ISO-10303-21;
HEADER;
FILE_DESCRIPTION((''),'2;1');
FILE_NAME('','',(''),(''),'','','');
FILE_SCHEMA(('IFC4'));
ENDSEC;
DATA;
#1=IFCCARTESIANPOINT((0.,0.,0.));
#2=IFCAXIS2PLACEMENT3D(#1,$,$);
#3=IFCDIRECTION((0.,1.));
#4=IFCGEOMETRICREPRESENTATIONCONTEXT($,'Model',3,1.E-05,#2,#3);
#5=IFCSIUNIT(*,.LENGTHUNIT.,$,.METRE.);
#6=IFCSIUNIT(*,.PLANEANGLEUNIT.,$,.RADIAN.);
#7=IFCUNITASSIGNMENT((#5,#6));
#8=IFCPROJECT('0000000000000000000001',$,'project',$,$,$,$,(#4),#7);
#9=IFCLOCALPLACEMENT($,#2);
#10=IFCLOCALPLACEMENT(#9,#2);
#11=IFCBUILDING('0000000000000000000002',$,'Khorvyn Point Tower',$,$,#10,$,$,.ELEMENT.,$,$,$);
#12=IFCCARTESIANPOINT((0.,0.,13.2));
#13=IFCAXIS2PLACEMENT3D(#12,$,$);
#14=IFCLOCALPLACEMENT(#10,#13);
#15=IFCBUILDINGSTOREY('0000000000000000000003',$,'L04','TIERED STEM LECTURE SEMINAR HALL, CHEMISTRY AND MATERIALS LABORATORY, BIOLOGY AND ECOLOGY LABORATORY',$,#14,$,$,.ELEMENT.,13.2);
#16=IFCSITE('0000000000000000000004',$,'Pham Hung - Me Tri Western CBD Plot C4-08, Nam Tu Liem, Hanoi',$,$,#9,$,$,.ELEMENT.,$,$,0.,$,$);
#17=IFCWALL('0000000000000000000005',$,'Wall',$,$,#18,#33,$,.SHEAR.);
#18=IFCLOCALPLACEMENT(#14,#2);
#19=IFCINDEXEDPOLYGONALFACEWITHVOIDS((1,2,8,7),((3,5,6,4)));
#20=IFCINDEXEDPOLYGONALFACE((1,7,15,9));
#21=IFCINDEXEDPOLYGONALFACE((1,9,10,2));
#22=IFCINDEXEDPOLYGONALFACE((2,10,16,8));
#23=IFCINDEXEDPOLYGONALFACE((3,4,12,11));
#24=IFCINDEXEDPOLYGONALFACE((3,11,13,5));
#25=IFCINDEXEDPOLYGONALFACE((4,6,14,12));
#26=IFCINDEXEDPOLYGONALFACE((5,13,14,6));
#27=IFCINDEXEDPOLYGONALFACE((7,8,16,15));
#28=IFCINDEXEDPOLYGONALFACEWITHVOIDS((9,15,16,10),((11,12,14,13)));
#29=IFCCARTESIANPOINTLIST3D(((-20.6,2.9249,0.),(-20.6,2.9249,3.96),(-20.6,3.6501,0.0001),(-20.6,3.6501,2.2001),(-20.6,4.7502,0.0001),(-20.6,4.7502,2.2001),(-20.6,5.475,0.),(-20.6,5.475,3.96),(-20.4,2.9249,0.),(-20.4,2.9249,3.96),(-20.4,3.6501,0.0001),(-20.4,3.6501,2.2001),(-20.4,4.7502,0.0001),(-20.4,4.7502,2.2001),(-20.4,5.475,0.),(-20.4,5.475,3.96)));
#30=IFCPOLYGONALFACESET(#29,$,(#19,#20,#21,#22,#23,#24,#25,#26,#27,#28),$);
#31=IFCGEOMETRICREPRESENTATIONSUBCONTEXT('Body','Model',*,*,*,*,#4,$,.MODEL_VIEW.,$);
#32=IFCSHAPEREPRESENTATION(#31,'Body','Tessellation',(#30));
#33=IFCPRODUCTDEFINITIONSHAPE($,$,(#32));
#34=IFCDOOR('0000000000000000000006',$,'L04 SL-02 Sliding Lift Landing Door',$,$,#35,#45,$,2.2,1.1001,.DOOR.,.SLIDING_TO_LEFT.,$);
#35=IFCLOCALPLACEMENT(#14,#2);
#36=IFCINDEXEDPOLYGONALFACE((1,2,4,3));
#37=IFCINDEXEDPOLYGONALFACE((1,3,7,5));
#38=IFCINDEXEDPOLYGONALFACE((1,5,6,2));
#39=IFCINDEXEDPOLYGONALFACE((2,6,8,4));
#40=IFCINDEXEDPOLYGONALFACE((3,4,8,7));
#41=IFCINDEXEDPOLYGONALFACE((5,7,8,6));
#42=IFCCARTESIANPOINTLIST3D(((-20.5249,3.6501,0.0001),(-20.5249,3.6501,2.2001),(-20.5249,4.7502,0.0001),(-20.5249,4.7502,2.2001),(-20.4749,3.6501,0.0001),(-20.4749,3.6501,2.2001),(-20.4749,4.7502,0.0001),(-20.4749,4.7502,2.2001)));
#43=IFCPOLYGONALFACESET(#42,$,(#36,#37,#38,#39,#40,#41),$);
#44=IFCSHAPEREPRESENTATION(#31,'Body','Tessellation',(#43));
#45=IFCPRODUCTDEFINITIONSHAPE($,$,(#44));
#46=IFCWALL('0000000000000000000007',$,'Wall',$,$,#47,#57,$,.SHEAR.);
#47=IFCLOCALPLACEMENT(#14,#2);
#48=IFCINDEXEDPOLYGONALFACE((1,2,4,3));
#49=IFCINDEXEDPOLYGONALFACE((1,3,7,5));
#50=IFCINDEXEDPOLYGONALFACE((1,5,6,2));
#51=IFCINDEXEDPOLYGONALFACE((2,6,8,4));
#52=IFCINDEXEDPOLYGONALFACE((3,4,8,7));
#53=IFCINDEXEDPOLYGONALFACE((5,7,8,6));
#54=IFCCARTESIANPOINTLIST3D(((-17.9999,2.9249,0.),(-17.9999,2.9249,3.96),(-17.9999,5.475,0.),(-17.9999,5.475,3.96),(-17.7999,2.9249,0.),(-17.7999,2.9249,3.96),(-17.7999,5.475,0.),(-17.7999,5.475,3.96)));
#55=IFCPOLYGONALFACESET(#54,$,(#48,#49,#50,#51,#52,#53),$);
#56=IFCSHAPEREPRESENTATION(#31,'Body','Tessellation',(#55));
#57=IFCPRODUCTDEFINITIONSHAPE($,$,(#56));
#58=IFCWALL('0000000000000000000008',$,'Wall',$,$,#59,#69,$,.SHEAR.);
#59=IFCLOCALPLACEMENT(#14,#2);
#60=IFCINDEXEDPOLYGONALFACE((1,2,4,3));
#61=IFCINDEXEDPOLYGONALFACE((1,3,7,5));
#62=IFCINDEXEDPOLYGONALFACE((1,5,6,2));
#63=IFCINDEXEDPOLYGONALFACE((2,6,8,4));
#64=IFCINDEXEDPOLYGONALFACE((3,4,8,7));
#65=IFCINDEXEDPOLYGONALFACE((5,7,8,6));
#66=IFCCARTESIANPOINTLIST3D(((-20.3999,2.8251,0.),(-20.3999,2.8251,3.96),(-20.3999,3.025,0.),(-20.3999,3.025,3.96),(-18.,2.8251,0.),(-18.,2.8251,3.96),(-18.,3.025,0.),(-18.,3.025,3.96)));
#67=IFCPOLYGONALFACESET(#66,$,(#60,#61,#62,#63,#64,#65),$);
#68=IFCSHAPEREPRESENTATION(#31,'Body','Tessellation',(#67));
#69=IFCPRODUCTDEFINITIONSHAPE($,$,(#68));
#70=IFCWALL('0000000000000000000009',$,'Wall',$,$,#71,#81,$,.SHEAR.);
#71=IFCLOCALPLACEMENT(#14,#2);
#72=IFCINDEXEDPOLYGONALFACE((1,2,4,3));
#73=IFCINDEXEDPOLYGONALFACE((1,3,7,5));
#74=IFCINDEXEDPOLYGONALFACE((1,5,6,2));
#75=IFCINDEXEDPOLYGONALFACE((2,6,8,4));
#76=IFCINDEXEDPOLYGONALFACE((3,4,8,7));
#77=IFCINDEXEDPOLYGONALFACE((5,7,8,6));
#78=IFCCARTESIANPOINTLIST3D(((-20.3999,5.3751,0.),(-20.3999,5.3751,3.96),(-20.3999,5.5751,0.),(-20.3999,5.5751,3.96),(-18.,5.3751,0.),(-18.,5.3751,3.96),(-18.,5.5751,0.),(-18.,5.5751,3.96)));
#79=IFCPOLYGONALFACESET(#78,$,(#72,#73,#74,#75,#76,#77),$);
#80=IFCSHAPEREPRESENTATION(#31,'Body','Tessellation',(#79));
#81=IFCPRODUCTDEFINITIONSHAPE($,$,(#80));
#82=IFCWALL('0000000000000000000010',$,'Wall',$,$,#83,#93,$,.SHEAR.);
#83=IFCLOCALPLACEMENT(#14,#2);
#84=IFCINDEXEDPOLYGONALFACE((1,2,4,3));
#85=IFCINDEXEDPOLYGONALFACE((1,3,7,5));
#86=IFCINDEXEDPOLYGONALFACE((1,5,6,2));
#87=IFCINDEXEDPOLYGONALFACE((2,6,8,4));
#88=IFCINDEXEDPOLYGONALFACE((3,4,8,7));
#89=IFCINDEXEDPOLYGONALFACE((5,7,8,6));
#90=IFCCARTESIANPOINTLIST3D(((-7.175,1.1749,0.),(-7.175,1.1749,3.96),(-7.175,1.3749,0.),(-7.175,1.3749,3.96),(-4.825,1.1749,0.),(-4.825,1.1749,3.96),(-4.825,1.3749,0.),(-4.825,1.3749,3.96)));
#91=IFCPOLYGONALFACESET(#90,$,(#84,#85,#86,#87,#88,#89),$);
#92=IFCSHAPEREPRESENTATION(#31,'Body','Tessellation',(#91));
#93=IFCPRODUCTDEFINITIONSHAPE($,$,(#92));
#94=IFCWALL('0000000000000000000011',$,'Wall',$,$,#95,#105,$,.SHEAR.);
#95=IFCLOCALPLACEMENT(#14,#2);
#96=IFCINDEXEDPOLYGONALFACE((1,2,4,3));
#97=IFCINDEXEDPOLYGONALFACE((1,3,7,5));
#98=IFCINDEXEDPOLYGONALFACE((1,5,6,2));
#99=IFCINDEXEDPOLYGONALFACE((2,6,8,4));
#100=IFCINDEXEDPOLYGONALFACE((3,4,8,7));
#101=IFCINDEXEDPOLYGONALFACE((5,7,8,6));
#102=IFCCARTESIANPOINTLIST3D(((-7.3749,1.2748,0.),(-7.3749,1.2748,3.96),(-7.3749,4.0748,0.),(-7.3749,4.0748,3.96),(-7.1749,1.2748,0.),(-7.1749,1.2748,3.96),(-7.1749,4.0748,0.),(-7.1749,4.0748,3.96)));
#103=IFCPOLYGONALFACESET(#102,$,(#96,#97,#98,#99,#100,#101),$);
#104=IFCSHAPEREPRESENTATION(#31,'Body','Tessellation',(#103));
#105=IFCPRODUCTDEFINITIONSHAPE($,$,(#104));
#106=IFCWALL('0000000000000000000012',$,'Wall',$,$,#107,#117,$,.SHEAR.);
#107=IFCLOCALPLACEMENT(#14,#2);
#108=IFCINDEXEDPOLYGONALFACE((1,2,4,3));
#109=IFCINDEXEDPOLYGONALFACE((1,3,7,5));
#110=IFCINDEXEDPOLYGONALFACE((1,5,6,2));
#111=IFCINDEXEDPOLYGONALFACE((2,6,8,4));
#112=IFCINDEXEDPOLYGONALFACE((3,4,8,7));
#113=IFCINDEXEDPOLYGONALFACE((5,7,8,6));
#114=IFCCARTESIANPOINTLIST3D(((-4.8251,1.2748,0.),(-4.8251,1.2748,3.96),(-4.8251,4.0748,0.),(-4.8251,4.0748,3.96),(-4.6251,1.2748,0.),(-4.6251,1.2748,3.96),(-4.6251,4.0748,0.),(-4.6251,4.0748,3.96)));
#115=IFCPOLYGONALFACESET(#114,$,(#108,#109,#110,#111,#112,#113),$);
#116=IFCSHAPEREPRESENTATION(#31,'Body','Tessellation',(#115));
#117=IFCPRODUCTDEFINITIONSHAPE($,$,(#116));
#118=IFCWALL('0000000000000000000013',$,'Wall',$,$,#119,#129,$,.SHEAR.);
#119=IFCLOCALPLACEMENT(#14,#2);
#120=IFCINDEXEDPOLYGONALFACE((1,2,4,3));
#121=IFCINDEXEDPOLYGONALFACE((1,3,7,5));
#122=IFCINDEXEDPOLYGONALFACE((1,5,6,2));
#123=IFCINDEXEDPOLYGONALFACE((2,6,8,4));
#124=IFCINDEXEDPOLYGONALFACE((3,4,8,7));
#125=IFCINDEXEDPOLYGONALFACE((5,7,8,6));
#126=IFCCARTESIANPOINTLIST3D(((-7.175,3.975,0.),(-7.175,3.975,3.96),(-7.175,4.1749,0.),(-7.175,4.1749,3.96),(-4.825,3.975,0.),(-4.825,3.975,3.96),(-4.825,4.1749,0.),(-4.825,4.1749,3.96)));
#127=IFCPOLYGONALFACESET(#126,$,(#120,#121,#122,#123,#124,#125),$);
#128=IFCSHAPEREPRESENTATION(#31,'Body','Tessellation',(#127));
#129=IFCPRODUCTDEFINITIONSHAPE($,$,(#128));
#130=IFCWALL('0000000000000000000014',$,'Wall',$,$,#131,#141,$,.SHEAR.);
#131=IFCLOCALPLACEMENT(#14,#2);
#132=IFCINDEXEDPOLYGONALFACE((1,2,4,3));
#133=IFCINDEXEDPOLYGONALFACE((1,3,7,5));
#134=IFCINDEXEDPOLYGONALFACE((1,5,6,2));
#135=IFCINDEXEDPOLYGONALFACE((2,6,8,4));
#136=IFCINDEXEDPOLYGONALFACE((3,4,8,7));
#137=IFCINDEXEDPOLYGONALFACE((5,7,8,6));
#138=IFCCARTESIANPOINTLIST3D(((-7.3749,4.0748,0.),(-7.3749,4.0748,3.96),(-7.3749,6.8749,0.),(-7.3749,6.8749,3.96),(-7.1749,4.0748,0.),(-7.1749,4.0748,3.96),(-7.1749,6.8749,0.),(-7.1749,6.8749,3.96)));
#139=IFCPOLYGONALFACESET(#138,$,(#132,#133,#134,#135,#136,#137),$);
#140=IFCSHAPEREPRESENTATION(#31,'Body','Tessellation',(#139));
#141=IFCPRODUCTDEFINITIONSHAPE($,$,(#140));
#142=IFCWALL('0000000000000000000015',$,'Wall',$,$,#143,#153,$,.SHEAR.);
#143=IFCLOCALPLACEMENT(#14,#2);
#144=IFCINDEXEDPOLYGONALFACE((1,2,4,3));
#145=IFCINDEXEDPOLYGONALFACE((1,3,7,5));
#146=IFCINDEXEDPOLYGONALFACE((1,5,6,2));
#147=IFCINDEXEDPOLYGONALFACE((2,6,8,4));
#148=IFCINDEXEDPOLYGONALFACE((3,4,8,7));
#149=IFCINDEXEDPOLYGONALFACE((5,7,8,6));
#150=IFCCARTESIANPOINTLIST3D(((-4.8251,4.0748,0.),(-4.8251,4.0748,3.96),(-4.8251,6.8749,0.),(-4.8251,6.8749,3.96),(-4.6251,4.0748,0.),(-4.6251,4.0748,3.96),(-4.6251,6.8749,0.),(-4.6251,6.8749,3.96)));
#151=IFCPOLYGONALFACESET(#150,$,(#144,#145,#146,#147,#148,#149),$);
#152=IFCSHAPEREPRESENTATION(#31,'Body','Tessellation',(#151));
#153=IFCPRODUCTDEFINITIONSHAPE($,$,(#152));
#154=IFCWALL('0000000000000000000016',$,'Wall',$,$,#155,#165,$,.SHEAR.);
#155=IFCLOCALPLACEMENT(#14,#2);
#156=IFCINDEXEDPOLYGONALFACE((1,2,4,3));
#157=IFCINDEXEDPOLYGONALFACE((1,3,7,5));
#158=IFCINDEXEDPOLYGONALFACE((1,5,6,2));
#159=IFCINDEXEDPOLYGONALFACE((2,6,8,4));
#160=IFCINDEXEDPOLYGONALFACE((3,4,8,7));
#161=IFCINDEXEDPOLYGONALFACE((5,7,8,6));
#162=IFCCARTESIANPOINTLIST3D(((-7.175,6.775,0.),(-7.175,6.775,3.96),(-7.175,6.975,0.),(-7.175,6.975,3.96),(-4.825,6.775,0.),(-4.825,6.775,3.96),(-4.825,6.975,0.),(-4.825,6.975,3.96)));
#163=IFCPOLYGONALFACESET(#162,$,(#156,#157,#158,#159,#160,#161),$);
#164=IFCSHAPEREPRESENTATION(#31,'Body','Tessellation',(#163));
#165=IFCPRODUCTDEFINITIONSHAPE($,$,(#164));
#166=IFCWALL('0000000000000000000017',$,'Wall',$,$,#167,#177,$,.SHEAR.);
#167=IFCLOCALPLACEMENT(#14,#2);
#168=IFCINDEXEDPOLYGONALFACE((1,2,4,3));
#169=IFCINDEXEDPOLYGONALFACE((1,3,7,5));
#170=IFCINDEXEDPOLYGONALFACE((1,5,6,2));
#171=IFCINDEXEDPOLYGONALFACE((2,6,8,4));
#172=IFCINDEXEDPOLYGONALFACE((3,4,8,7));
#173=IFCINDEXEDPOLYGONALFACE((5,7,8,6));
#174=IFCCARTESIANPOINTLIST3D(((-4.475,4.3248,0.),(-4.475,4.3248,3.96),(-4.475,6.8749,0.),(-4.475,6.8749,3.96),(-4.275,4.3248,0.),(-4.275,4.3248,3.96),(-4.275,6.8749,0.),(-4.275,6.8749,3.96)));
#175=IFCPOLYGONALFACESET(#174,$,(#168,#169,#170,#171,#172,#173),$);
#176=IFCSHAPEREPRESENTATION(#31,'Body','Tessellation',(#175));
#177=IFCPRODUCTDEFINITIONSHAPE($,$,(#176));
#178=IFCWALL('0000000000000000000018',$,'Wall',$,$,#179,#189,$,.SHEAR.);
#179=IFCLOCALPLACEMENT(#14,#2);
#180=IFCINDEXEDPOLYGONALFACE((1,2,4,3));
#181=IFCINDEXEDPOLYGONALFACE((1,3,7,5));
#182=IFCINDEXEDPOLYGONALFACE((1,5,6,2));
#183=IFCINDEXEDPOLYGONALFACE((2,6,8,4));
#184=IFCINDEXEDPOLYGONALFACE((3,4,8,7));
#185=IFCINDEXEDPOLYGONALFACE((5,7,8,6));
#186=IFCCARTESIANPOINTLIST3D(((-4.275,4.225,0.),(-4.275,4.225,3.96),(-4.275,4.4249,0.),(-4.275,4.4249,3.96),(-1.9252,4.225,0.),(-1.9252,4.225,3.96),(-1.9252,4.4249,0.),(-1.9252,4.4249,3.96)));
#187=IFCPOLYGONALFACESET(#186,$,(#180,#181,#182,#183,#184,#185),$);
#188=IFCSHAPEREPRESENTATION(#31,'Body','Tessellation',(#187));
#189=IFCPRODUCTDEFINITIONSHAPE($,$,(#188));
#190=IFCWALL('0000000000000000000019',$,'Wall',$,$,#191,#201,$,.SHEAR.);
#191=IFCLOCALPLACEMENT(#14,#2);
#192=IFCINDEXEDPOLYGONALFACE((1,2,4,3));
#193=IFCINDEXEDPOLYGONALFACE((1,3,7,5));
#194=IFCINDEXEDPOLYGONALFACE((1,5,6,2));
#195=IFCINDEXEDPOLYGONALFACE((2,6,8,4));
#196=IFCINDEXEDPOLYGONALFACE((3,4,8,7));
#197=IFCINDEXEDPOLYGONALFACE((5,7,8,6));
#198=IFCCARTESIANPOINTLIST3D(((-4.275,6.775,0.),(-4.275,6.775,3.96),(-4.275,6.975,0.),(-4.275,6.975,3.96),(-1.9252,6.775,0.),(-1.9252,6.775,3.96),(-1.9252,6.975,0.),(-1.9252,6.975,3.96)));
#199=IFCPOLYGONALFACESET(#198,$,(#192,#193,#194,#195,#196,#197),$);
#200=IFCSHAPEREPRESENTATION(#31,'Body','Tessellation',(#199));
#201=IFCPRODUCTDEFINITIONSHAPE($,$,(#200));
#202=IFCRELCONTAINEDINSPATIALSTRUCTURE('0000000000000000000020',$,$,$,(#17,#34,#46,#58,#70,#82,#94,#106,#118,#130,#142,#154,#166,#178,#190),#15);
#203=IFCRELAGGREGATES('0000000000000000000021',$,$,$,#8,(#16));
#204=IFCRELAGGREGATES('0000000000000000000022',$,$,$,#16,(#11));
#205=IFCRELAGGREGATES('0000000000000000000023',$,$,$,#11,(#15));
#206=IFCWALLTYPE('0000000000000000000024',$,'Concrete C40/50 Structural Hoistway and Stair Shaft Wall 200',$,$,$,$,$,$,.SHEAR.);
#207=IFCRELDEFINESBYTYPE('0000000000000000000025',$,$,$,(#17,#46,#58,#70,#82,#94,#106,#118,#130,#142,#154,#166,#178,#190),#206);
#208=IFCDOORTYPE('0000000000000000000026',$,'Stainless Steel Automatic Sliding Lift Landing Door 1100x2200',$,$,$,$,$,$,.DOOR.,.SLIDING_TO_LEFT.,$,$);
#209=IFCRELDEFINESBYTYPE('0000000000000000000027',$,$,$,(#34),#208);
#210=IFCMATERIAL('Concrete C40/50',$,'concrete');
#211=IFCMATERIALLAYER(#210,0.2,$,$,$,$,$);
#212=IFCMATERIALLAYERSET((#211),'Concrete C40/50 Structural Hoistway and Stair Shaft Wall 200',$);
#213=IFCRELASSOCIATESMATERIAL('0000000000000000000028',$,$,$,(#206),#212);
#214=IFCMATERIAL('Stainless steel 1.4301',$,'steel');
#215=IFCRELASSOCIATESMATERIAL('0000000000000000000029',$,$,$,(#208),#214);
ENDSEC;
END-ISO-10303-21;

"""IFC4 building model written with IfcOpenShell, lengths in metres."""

from ifc_helpers import new_model, si_unit, direction, frame, frame_2d, origin, place, context, subcontext, project, spatial, rectangle, extrude, material, layer, layer_set, type_object, element, fill, save


model = new_model("IFC4")

# Units and contexts
model_context = context("Model", 3, precision=1e-05, world=origin(), true_north=direction((0.0, 1.0)))
body_context = subcontext(model_context, "Body", "Model", "MODEL_VIEW")
ifc_project = project(units=[si_unit("LENGTHUNIT", "METRE"), si_unit("PLANEANGLEUNIT", "RADIAN")], contexts=[model_context])

# Site, building, storey
site_placement = place(None, origin())
site = spatial("IfcSite", under=ifc_project, at=site_placement, Name="Pham Hung - Me Tri Western CBD Plot C4-08, Nam Tu Liem, Hanoi", CompositionType="ELEMENT", RefElevation=0.0)
building_placement = place(site_placement, origin())
building = spatial("IfcBuilding", under=site, at=building_placement, Name="Khorvyn Point Tower", CompositionType="ELEMENT")
storey_placement = place(building_placement, frame((0.0, 0.0, 13.2)))
storey = spatial("IfcBuildingStorey", under=building, at=storey_placement, Name="L04", Description="TIERED STEM LECTURE SEMINAR HALL, CHEMISTRY AND MATERIALS LABORATORY, BIOLOGY AND ECOLOGY LABORATORY", CompositionType="ELEMENT", Elevation=13.2)

# Shared definitions
ifc_material_1 = material(Name="Concrete C40/50", Category="concrete")

# Wall, opening, door
ifc_layer_1 = layer(ifc_material_1, 0.2)
ifc_layer_set_1 = layer_set([ifc_layer_1], Name="Concrete C40/50 Structural Hoistway and Stair Shaft Wall 200")
wall_type_1 = type_object("IfcWallType", Name="Concrete C40/50 Structural Hoistway and Stair Shaft Wall 200", PredefinedType="SHEAR", material=ifc_layer_set_1)
wall_1_placement = place(storey_placement, frame((-20.5, 2.925, 0.0), z_axis=(0.0, 0.0, 1.0), x_axis=(0.0, 1.0, 0.0)))
wall_1 = element("IfcWall", 1, at=wall_1_placement, inside=storey, type_object=wall_type_1, Name="Wall", PredefinedType="SHEAR", context=body_context, shape_type="SweptSolid", body=[
    extrude(rectangle(XDim=2.55, YDim=0.2, at=frame_2d((1.2749, 0.0))), origin(), (0.0, 0.0, 1.0), 3.96),
])
opening_1_placement = place(wall_1_placement, frame((0.7251, 0.0, 0.0)))
opening_1 = element("IfcOpeningElement", 2, at=opening_1_placement, cuts=wall_1, PredefinedType="OPENING", context=body_context, shape_type="SweptSolid", body=[
    extrude(rectangle(XDim=1.1001, YDim=2.2, at=frame_2d((0.55, 1.1001))), frame((0.0, 0.1099, 0.0), z_axis=(0.0, -1.0, 0.0), x_axis=(1.0, 0.0, 0.0)), (0.0, 0.0, 1.0), 0.22),
])
ifc_material_2 = material(Name="Stainless steel 1.4301", Category="steel")
door_type_1 = type_object("IfcDoorType", Name="Stainless Steel Automatic Sliding Lift Landing Door 1100x2200", OperationType="SLIDING_TO_LEFT", PredefinedType="DOOR", material=ifc_material_2)
door_1_placement = place(opening_1_placement, origin())
door_1 = element("IfcDoor", 3, at=door_1_placement, inside=storey, type_object=door_type_1, Name="L04 SL-02 Sliding Lift Landing Door", OperationType="SLIDING_TO_LEFT", OverallHeight=2.2, OverallWidth=1.1001, PredefinedType="DOOR", context=body_context, shape_type="SweptSolid", body=[
    extrude(rectangle(XDim=1.1001, YDim=2.2, at=frame_2d((0.55, 1.1001))), frame((0.0, 0.0249, 0.0), z_axis=(0.0, -1.0, 0.0), x_axis=(1.0, 0.0, 0.0)), (0.0, 0.0, 1.0), 0.05),
])
fill(opening_1, door_1)

# Walls
wall_2_placement = place(storey_placement, frame((-17.8999, 2.925, 0.0), z_axis=(0.0, 0.0, 1.0), x_axis=(0.0, 1.0, 0.0)))
element("IfcWall", 4, at=wall_2_placement, inside=storey, type_object=wall_type_1, Name="Wall", PredefinedType="SHEAR", context=body_context, shape_type="SweptSolid", body=[
    extrude(rectangle(XDim=2.55, YDim=0.2, at=frame_2d((1.2749, 0.0))), origin(), (0.0, 0.0, 1.0), 3.96),
])
for number, where, z_axis, x_axis, name in (
    (5, (-20.3999, 2.925, 0.0), (0.0, 0.0, 1.0), (1.0, 0.0, 0.0), "Wall"),
    (6, (-20.3999, 5.4751, 0.0), (0.0, 0.0, 1.0), (1.0, 0.0, 0.0), "Wall"),
):
    element("IfcWall", number, at=place(storey_placement, frame(where, z_axis=z_axis, x_axis=x_axis)), inside=storey, type_object=wall_type_1, Name=name, PredefinedType="SHEAR", context=body_context, shape_type="SweptSolid", body=[
        extrude(rectangle(XDim=2.3999, YDim=0.2, at=frame_2d((1.2, 0.0))), origin(), (0.0, 0.0, 1.0), 3.96),
    ])
wall_3_placement = place(storey_placement, frame((-7.175, 1.2749, 0.0), z_axis=(0.0, 0.0, 1.0), x_axis=(1.0, 0.0, 0.0)))
element("IfcWall", 7, at=wall_3_placement, inside=storey, type_object=wall_type_1, Name="Wall", PredefinedType="SHEAR", context=body_context, shape_type="SweptSolid", body=[
    extrude(rectangle(XDim=2.3501, YDim=0.2, at=frame_2d((1.175, 0.0))), origin(), (0.0, 0.0, 1.0), 3.96),
])
for number, where, z_axis, x_axis, name in (
    (8, (-7.2749, 1.2749, 0.0), (0.0, 0.0, 1.0), (0.0, 1.0, 0.0), "Wall"),
    (9, (-4.7251, 1.2749, 0.0), (0.0, 0.0, 1.0), (0.0, 1.0, 0.0), "Wall"),
):
    element("IfcWall", number, at=place(storey_placement, frame(where, z_axis=z_axis, x_axis=x_axis)), inside=storey, type_object=wall_type_1, Name=name, PredefinedType="SHEAR", context=body_context, shape_type="SweptSolid", body=[
        extrude(rectangle(XDim=2.8, YDim=0.2, at=frame_2d((1.3999, 0.0))), origin(), (0.0, 0.0, 1.0), 3.96),
    ])
wall_4_placement = place(storey_placement, frame((-7.175, 4.075, 0.0), z_axis=(0.0, 0.0, 1.0), x_axis=(1.0, 0.0, 0.0)))
element("IfcWall", 10, at=wall_4_placement, inside=storey, type_object=wall_type_1, Name="Wall", PredefinedType="SHEAR", context=body_context, shape_type="SweptSolid", body=[
    extrude(rectangle(XDim=2.3501, YDim=0.2, at=frame_2d((1.175, 0.0))), origin(), (0.0, 0.0, 1.0), 3.96),
])
for number, where, z_axis, x_axis, name in (
    (11, (-7.2749, 4.075, 0.0), (0.0, 0.0, 1.0), (0.0, 1.0, 0.0), "Wall"),
    (12, (-4.7251, 4.075, 0.0), (0.0, 0.0, 1.0), (0.0, 1.0, 0.0), "Wall"),
):
    element("IfcWall", number, at=place(storey_placement, frame(where, z_axis=z_axis, x_axis=x_axis)), inside=storey, type_object=wall_type_1, Name=name, PredefinedType="SHEAR", context=body_context, shape_type="SweptSolid", body=[
        extrude(rectangle(XDim=2.8, YDim=0.2, at=frame_2d((1.3999, 0.0))), origin(), (0.0, 0.0, 1.0), 3.96),
    ])
wall_5_placement = place(storey_placement, frame((-7.175, 6.875, 0.0), z_axis=(0.0, 0.0, 1.0), x_axis=(1.0, 0.0, 0.0)))
element("IfcWall", 13, at=wall_5_placement, inside=storey, type_object=wall_type_1, Name="Wall", PredefinedType="SHEAR", context=body_context, shape_type="SweptSolid", body=[
    extrude(rectangle(XDim=2.3501, YDim=0.2, at=frame_2d((1.175, 0.0))), origin(), (0.0, 0.0, 1.0), 3.96),
])
wall_6_placement = place(storey_placement, frame((-4.375, 4.325, 0.0), z_axis=(0.0, 0.0, 1.0), x_axis=(0.0, 1.0, 0.0)))
element("IfcWall", 14, at=wall_6_placement, inside=storey, type_object=wall_type_1, Name="Wall", PredefinedType="SHEAR", context=body_context, shape_type="SweptSolid", body=[
    extrude(rectangle(XDim=2.55, YDim=0.2, at=frame_2d((1.2749, 0.0))), origin(), (0.0, 0.0, 1.0), 3.96),
])
for number, where, z_axis, x_axis, name in (
    (15, (-4.2749, 4.325, 0.0), (0.0, 0.0, 1.0), (1.0, 0.0, 0.0), "Wall"),
    (16, (-4.2749, 6.875, 0.0), (0.0, 0.0, 1.0), (1.0, 0.0, 0.0), "Wall"),
):
    element("IfcWall", number, at=place(storey_placement, frame(where, z_axis=z_axis, x_axis=x_axis)), inside=storey, type_object=wall_type_1, Name=name, PredefinedType="SHEAR", context=body_context, shape_type="SweptSolid", body=[
        extrude(rectangle(XDim=2.3499, YDim=0.2, at=frame_2d((1.1748, 0.0))), origin(), (0.0, 0.0, 1.0), 3.96),
    ])

save(model, "model.ifc")
